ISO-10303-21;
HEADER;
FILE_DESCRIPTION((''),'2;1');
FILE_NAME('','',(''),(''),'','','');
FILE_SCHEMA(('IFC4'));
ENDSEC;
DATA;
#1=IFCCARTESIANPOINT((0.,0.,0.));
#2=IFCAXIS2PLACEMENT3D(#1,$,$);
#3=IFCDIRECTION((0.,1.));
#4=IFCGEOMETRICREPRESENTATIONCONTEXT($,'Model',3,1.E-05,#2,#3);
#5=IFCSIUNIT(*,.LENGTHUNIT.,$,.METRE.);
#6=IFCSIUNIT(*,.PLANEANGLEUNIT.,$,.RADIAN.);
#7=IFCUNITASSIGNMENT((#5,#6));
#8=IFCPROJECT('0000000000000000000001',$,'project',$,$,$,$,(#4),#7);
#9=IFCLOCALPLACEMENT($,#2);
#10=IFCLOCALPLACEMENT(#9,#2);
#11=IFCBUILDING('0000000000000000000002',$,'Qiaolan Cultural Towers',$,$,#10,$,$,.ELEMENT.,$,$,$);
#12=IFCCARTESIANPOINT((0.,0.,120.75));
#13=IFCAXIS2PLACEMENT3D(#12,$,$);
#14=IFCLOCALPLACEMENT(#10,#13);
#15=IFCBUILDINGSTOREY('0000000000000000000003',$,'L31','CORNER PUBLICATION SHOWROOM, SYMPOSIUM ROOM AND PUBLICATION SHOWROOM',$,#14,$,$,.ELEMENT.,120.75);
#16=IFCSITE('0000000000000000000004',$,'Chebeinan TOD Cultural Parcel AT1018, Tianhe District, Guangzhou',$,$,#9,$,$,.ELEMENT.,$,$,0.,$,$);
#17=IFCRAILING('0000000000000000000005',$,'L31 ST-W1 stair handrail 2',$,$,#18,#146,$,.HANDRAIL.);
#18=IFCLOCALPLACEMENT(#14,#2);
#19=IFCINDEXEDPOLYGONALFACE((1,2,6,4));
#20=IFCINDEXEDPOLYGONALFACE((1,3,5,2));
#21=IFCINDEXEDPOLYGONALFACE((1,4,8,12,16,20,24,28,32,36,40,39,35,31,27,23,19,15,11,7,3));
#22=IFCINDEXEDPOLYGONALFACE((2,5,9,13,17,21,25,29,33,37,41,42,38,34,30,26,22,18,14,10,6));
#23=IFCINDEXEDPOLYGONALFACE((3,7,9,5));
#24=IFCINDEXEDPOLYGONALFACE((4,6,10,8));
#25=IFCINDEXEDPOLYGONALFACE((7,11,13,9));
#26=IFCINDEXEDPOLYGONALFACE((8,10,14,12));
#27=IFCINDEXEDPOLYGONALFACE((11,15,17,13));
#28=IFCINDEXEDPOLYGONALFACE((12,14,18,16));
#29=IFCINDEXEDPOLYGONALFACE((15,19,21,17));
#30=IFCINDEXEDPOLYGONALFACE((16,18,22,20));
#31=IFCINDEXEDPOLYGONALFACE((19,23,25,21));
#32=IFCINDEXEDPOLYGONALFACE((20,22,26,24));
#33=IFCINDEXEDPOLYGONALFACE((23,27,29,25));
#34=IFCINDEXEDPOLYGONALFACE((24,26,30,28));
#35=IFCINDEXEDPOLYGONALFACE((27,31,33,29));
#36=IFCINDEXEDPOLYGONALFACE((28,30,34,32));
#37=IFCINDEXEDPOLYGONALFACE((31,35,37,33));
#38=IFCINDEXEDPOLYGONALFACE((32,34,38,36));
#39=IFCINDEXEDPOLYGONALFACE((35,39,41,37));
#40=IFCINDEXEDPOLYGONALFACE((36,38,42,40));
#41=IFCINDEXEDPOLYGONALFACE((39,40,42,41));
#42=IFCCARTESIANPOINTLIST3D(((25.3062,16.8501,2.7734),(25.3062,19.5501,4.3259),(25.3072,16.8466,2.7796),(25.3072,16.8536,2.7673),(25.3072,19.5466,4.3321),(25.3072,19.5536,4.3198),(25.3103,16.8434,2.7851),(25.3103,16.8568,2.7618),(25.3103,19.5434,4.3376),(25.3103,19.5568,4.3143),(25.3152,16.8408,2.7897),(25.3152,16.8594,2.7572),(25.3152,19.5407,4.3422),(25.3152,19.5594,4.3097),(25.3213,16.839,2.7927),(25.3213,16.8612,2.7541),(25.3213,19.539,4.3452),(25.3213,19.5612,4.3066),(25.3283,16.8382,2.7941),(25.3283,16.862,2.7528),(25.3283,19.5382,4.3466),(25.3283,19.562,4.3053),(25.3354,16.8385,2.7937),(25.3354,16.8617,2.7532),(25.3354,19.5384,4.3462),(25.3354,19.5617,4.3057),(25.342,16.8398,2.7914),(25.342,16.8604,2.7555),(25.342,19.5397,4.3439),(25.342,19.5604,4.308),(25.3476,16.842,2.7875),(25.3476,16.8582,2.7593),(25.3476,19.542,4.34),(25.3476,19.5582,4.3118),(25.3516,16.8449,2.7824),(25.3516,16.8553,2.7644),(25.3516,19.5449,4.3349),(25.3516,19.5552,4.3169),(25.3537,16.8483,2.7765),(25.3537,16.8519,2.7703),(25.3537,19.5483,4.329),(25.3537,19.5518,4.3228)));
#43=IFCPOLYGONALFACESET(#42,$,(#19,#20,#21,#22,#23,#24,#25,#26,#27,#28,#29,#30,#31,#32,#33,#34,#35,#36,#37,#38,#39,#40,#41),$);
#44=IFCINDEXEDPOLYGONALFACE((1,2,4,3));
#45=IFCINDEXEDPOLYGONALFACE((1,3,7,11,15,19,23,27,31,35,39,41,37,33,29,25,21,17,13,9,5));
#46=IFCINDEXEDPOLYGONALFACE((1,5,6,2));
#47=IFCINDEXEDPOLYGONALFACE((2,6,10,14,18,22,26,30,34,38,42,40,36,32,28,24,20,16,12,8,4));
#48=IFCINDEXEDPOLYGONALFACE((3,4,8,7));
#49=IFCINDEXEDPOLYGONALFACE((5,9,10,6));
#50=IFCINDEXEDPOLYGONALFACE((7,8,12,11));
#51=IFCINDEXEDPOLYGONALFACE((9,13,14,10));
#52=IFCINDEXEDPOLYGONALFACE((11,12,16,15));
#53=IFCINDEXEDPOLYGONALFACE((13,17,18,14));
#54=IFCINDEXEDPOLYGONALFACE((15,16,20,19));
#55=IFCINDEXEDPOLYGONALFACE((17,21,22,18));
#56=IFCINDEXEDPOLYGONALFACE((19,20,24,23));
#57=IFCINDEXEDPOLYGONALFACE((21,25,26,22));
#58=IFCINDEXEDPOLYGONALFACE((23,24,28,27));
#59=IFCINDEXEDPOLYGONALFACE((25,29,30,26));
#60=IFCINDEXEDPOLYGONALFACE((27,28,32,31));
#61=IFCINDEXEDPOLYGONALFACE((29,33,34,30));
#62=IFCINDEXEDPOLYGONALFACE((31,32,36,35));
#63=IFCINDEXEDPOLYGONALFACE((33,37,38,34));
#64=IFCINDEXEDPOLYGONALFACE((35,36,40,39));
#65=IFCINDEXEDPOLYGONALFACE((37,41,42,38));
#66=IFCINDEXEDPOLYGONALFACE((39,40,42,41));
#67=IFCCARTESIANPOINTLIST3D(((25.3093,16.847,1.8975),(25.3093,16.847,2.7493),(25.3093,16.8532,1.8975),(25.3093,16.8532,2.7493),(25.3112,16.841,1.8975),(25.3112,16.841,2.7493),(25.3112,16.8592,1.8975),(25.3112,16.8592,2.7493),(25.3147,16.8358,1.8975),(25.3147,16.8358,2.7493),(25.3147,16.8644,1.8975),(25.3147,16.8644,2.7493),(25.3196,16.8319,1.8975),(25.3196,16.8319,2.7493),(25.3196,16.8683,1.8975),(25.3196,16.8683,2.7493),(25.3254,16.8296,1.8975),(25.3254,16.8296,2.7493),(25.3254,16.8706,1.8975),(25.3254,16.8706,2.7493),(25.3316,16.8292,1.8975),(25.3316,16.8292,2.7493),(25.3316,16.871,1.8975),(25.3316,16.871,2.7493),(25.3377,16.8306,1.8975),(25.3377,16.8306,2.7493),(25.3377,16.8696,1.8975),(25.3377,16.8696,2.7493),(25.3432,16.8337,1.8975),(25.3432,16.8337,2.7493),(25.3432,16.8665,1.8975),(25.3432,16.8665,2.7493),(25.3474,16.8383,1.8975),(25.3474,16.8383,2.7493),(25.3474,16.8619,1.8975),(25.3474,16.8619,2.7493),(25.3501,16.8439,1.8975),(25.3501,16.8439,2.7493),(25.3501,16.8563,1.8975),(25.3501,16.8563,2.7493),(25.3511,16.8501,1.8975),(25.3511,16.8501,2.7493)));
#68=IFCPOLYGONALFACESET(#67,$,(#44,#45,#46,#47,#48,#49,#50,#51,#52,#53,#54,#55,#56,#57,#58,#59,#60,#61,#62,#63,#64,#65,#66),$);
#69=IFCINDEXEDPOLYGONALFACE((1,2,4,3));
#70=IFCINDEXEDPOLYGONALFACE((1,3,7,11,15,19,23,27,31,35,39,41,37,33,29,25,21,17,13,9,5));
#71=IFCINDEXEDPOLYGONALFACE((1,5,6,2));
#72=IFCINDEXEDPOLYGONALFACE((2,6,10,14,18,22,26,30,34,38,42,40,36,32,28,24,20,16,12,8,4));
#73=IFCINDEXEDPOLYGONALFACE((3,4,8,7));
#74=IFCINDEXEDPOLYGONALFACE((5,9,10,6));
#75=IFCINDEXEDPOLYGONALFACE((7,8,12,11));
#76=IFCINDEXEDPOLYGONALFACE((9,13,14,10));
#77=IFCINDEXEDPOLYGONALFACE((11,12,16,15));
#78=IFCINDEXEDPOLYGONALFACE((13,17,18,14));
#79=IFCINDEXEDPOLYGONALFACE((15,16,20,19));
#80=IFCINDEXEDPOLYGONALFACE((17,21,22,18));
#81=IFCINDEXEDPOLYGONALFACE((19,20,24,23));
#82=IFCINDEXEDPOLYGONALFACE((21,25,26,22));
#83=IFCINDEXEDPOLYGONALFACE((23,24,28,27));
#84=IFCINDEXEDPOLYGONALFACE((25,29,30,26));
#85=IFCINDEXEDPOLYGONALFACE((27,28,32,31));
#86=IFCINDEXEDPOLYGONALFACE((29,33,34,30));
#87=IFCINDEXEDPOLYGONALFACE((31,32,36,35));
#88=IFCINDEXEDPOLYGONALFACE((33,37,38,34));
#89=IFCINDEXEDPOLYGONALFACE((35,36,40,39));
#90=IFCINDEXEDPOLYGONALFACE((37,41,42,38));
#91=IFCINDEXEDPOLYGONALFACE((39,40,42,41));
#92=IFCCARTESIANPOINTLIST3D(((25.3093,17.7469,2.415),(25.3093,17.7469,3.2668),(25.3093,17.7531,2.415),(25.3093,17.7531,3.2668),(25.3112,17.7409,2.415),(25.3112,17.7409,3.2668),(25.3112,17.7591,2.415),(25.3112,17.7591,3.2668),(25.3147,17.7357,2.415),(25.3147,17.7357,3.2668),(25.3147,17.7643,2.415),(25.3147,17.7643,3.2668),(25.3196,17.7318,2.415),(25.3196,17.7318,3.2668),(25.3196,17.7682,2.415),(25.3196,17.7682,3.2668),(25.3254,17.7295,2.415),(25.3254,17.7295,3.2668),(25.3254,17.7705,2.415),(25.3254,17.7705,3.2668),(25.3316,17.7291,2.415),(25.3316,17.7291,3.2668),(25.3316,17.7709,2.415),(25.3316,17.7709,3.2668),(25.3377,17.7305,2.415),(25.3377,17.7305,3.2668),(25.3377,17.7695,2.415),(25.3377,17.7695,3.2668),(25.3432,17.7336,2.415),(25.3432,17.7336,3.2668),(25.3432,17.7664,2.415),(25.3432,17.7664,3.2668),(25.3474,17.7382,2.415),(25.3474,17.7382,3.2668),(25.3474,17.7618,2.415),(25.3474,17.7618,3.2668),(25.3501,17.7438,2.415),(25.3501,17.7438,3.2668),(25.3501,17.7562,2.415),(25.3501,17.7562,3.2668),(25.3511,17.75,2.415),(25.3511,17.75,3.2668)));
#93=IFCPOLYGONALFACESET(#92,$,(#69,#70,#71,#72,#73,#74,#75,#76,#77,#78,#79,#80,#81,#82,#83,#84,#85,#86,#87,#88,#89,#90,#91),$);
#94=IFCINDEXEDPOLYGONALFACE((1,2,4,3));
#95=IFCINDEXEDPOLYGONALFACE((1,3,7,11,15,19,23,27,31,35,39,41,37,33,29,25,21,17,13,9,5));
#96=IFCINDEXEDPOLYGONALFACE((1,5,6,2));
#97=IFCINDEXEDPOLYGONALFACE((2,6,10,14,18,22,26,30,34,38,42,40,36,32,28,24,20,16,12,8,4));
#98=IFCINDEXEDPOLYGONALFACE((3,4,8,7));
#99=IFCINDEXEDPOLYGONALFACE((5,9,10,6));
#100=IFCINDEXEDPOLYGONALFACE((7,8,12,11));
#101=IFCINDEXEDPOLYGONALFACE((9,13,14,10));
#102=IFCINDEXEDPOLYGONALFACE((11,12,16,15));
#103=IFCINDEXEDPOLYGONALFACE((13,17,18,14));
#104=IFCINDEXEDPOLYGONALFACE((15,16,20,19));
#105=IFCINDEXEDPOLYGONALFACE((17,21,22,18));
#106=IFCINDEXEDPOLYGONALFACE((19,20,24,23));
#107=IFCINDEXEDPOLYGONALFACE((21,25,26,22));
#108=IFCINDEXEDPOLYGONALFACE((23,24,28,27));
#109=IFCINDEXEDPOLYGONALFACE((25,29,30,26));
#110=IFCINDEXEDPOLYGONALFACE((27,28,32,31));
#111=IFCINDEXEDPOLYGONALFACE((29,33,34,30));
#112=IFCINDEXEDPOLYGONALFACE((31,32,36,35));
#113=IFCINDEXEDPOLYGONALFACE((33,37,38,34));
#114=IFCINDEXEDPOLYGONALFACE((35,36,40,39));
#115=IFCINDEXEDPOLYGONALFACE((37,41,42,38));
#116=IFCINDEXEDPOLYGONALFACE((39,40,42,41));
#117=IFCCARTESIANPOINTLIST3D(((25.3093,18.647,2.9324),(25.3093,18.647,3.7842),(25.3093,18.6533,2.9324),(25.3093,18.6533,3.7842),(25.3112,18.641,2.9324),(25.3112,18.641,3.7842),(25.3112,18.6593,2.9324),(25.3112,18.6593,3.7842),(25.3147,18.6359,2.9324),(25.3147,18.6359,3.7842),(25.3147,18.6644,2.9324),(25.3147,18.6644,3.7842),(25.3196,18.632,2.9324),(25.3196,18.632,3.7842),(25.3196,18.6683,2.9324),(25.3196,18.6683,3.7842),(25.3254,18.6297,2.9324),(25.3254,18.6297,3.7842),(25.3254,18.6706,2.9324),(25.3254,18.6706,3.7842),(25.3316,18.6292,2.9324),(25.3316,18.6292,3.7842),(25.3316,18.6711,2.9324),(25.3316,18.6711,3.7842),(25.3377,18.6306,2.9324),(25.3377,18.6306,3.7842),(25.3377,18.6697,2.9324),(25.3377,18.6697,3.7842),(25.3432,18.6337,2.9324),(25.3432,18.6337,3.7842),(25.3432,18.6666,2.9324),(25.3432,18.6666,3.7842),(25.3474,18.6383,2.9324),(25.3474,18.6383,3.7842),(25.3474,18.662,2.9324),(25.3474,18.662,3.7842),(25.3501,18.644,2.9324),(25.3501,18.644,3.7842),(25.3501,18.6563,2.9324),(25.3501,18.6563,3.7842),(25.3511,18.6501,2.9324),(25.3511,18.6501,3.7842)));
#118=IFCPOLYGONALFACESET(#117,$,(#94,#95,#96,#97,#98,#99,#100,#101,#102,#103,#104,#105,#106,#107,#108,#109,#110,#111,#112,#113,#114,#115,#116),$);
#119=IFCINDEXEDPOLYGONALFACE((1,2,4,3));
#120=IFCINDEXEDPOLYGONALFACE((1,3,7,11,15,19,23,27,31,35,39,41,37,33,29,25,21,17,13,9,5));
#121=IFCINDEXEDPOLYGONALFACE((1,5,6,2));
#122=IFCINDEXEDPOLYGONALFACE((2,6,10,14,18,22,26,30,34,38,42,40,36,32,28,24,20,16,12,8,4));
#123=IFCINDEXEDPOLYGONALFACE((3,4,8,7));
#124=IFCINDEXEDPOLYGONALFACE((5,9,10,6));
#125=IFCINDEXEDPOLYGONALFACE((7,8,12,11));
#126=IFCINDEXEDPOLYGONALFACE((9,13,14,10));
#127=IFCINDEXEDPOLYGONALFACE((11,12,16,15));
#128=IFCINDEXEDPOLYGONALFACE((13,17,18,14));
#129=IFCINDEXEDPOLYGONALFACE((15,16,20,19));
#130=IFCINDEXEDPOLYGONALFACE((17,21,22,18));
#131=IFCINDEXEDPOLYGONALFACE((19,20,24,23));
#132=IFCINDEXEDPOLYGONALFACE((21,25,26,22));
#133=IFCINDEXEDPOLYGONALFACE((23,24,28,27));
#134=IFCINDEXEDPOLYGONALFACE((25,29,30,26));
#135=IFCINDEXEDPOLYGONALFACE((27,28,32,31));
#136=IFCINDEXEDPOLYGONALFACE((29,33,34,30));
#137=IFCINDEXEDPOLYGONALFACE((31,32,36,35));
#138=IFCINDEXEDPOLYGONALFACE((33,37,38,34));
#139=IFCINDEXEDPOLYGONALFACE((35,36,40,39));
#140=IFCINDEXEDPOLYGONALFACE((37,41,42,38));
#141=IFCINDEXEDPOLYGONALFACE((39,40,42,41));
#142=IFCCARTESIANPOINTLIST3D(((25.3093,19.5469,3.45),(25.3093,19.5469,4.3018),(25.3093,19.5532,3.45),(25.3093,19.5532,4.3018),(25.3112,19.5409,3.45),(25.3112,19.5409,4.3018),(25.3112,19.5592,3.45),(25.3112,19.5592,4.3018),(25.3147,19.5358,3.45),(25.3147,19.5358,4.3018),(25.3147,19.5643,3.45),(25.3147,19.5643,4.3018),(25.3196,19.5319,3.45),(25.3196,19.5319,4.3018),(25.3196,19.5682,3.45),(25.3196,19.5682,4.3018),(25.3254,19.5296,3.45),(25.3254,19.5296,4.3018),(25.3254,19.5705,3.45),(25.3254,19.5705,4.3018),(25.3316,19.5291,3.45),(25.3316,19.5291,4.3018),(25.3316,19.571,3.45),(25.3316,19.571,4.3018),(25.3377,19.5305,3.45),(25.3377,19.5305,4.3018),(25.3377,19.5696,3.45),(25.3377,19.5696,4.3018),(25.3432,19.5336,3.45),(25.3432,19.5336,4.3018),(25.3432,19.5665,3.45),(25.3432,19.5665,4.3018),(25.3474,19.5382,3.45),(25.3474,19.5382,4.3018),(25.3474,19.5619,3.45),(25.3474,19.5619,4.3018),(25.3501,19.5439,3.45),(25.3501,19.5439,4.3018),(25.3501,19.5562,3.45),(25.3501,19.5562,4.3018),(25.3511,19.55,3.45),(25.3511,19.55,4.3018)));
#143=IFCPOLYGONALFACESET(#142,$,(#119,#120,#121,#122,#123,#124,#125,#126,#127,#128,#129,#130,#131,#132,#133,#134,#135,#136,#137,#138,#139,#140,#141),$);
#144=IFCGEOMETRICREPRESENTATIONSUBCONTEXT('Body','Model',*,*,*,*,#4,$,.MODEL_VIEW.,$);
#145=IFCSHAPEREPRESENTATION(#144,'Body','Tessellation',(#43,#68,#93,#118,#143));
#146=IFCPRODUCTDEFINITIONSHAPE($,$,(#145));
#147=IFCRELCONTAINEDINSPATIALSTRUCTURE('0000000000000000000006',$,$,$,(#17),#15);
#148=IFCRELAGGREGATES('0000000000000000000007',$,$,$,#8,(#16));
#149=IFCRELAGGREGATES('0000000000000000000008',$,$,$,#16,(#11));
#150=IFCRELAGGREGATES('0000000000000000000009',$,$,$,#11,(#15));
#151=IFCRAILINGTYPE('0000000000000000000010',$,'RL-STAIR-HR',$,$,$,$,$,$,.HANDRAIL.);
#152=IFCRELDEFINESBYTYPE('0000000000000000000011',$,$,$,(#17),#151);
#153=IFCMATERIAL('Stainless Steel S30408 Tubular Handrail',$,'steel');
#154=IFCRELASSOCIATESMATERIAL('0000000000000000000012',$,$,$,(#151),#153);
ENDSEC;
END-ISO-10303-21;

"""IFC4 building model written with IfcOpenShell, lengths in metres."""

from ifc_helpers import new_model, si_unit, direction, frame, origin, origin_2d, place, context, subcontext, project, spatial, circle, extrude, material, type_object, element, save


model = new_model("IFC4")

# Units and contexts
model_context = context("Model", 3, precision=1e-05, world=origin(), true_north=direction((0.0, 1.0)))
body_context = subcontext(model_context, "Body", "Model", "MODEL_VIEW")
ifc_project = project(units=[si_unit("LENGTHUNIT", "METRE"), si_unit("PLANEANGLEUNIT", "RADIAN")], contexts=[model_context])

# Site, building, storey
site_placement = place(None, origin())
site = spatial("IfcSite", under=ifc_project, at=site_placement, Name="Chebeinan TOD Cultural Parcel AT1018, Tianhe District, Guangzhou", CompositionType="ELEMENT", RefElevation=0.0)
building_placement = place(site_placement, origin())
building = spatial("IfcBuilding", under=site, at=building_placement, Name="Qiaolan Cultural Towers", CompositionType="ELEMENT")
storey_placement = place(building_placement, frame((0.0, 0.0, 120.75)))
storey = spatial("IfcBuildingStorey", under=building, at=storey_placement, Name="L31", Description="CORNER PUBLICATION SHOWROOM, SYMPOSIUM ROOM AND PUBLICATION SHOWROOM", CompositionType="ELEMENT", Elevation=120.75)

# Railing
ifc_material_1 = material(Name="Stainless Steel S30408 Tubular Handrail", Category="steel")
railing_type_1 = type_object("IfcRailingType", Name="RL-STAIR-HR", PredefinedType="HANDRAIL", material=ifc_material_1)
railing_1_placement = place(storey_placement, frame((25.3301, 16.8501, 1.8975)))
element("IfcRailing", 1, at=railing_1_placement, inside=storey, type_object=railing_type_1, Name="L31 ST-W1 stair handrail 2", PredefinedType="HANDRAIL", context=body_context, shape_type="SweptSolid", body=[
    extrude(circle(Radius=0.0239, at=origin_2d()), frame((0.0, 0.0, 0.876), z_axis=(0.0, 0.866904, 0.498476), x_axis=(-1.0, 0.0, 0.0)), (0.0, 0.0, 1.0), 3.1145),
    extrude(circle(Radius=0.021, at=origin_2d()), origin(), (0.0, 0.0, 1.0), 0.8518),
    extrude(circle(Radius=0.021, at=origin_2d()), frame((0.0, 0.8999, 0.5176)), (0.0, 0.0, 1.0), 0.8518),
    extrude(circle(Radius=0.021, at=origin_2d()), frame((0.0, 1.8, 1.0349)), (0.0, 0.0, 1.0), 0.8518),
    extrude(circle(Radius=0.021, at=origin_2d()), frame((0.0, 2.7, 1.5525)), (0.0, 0.0, 1.0), 0.8518),
])

save(model, "model.ifc")
